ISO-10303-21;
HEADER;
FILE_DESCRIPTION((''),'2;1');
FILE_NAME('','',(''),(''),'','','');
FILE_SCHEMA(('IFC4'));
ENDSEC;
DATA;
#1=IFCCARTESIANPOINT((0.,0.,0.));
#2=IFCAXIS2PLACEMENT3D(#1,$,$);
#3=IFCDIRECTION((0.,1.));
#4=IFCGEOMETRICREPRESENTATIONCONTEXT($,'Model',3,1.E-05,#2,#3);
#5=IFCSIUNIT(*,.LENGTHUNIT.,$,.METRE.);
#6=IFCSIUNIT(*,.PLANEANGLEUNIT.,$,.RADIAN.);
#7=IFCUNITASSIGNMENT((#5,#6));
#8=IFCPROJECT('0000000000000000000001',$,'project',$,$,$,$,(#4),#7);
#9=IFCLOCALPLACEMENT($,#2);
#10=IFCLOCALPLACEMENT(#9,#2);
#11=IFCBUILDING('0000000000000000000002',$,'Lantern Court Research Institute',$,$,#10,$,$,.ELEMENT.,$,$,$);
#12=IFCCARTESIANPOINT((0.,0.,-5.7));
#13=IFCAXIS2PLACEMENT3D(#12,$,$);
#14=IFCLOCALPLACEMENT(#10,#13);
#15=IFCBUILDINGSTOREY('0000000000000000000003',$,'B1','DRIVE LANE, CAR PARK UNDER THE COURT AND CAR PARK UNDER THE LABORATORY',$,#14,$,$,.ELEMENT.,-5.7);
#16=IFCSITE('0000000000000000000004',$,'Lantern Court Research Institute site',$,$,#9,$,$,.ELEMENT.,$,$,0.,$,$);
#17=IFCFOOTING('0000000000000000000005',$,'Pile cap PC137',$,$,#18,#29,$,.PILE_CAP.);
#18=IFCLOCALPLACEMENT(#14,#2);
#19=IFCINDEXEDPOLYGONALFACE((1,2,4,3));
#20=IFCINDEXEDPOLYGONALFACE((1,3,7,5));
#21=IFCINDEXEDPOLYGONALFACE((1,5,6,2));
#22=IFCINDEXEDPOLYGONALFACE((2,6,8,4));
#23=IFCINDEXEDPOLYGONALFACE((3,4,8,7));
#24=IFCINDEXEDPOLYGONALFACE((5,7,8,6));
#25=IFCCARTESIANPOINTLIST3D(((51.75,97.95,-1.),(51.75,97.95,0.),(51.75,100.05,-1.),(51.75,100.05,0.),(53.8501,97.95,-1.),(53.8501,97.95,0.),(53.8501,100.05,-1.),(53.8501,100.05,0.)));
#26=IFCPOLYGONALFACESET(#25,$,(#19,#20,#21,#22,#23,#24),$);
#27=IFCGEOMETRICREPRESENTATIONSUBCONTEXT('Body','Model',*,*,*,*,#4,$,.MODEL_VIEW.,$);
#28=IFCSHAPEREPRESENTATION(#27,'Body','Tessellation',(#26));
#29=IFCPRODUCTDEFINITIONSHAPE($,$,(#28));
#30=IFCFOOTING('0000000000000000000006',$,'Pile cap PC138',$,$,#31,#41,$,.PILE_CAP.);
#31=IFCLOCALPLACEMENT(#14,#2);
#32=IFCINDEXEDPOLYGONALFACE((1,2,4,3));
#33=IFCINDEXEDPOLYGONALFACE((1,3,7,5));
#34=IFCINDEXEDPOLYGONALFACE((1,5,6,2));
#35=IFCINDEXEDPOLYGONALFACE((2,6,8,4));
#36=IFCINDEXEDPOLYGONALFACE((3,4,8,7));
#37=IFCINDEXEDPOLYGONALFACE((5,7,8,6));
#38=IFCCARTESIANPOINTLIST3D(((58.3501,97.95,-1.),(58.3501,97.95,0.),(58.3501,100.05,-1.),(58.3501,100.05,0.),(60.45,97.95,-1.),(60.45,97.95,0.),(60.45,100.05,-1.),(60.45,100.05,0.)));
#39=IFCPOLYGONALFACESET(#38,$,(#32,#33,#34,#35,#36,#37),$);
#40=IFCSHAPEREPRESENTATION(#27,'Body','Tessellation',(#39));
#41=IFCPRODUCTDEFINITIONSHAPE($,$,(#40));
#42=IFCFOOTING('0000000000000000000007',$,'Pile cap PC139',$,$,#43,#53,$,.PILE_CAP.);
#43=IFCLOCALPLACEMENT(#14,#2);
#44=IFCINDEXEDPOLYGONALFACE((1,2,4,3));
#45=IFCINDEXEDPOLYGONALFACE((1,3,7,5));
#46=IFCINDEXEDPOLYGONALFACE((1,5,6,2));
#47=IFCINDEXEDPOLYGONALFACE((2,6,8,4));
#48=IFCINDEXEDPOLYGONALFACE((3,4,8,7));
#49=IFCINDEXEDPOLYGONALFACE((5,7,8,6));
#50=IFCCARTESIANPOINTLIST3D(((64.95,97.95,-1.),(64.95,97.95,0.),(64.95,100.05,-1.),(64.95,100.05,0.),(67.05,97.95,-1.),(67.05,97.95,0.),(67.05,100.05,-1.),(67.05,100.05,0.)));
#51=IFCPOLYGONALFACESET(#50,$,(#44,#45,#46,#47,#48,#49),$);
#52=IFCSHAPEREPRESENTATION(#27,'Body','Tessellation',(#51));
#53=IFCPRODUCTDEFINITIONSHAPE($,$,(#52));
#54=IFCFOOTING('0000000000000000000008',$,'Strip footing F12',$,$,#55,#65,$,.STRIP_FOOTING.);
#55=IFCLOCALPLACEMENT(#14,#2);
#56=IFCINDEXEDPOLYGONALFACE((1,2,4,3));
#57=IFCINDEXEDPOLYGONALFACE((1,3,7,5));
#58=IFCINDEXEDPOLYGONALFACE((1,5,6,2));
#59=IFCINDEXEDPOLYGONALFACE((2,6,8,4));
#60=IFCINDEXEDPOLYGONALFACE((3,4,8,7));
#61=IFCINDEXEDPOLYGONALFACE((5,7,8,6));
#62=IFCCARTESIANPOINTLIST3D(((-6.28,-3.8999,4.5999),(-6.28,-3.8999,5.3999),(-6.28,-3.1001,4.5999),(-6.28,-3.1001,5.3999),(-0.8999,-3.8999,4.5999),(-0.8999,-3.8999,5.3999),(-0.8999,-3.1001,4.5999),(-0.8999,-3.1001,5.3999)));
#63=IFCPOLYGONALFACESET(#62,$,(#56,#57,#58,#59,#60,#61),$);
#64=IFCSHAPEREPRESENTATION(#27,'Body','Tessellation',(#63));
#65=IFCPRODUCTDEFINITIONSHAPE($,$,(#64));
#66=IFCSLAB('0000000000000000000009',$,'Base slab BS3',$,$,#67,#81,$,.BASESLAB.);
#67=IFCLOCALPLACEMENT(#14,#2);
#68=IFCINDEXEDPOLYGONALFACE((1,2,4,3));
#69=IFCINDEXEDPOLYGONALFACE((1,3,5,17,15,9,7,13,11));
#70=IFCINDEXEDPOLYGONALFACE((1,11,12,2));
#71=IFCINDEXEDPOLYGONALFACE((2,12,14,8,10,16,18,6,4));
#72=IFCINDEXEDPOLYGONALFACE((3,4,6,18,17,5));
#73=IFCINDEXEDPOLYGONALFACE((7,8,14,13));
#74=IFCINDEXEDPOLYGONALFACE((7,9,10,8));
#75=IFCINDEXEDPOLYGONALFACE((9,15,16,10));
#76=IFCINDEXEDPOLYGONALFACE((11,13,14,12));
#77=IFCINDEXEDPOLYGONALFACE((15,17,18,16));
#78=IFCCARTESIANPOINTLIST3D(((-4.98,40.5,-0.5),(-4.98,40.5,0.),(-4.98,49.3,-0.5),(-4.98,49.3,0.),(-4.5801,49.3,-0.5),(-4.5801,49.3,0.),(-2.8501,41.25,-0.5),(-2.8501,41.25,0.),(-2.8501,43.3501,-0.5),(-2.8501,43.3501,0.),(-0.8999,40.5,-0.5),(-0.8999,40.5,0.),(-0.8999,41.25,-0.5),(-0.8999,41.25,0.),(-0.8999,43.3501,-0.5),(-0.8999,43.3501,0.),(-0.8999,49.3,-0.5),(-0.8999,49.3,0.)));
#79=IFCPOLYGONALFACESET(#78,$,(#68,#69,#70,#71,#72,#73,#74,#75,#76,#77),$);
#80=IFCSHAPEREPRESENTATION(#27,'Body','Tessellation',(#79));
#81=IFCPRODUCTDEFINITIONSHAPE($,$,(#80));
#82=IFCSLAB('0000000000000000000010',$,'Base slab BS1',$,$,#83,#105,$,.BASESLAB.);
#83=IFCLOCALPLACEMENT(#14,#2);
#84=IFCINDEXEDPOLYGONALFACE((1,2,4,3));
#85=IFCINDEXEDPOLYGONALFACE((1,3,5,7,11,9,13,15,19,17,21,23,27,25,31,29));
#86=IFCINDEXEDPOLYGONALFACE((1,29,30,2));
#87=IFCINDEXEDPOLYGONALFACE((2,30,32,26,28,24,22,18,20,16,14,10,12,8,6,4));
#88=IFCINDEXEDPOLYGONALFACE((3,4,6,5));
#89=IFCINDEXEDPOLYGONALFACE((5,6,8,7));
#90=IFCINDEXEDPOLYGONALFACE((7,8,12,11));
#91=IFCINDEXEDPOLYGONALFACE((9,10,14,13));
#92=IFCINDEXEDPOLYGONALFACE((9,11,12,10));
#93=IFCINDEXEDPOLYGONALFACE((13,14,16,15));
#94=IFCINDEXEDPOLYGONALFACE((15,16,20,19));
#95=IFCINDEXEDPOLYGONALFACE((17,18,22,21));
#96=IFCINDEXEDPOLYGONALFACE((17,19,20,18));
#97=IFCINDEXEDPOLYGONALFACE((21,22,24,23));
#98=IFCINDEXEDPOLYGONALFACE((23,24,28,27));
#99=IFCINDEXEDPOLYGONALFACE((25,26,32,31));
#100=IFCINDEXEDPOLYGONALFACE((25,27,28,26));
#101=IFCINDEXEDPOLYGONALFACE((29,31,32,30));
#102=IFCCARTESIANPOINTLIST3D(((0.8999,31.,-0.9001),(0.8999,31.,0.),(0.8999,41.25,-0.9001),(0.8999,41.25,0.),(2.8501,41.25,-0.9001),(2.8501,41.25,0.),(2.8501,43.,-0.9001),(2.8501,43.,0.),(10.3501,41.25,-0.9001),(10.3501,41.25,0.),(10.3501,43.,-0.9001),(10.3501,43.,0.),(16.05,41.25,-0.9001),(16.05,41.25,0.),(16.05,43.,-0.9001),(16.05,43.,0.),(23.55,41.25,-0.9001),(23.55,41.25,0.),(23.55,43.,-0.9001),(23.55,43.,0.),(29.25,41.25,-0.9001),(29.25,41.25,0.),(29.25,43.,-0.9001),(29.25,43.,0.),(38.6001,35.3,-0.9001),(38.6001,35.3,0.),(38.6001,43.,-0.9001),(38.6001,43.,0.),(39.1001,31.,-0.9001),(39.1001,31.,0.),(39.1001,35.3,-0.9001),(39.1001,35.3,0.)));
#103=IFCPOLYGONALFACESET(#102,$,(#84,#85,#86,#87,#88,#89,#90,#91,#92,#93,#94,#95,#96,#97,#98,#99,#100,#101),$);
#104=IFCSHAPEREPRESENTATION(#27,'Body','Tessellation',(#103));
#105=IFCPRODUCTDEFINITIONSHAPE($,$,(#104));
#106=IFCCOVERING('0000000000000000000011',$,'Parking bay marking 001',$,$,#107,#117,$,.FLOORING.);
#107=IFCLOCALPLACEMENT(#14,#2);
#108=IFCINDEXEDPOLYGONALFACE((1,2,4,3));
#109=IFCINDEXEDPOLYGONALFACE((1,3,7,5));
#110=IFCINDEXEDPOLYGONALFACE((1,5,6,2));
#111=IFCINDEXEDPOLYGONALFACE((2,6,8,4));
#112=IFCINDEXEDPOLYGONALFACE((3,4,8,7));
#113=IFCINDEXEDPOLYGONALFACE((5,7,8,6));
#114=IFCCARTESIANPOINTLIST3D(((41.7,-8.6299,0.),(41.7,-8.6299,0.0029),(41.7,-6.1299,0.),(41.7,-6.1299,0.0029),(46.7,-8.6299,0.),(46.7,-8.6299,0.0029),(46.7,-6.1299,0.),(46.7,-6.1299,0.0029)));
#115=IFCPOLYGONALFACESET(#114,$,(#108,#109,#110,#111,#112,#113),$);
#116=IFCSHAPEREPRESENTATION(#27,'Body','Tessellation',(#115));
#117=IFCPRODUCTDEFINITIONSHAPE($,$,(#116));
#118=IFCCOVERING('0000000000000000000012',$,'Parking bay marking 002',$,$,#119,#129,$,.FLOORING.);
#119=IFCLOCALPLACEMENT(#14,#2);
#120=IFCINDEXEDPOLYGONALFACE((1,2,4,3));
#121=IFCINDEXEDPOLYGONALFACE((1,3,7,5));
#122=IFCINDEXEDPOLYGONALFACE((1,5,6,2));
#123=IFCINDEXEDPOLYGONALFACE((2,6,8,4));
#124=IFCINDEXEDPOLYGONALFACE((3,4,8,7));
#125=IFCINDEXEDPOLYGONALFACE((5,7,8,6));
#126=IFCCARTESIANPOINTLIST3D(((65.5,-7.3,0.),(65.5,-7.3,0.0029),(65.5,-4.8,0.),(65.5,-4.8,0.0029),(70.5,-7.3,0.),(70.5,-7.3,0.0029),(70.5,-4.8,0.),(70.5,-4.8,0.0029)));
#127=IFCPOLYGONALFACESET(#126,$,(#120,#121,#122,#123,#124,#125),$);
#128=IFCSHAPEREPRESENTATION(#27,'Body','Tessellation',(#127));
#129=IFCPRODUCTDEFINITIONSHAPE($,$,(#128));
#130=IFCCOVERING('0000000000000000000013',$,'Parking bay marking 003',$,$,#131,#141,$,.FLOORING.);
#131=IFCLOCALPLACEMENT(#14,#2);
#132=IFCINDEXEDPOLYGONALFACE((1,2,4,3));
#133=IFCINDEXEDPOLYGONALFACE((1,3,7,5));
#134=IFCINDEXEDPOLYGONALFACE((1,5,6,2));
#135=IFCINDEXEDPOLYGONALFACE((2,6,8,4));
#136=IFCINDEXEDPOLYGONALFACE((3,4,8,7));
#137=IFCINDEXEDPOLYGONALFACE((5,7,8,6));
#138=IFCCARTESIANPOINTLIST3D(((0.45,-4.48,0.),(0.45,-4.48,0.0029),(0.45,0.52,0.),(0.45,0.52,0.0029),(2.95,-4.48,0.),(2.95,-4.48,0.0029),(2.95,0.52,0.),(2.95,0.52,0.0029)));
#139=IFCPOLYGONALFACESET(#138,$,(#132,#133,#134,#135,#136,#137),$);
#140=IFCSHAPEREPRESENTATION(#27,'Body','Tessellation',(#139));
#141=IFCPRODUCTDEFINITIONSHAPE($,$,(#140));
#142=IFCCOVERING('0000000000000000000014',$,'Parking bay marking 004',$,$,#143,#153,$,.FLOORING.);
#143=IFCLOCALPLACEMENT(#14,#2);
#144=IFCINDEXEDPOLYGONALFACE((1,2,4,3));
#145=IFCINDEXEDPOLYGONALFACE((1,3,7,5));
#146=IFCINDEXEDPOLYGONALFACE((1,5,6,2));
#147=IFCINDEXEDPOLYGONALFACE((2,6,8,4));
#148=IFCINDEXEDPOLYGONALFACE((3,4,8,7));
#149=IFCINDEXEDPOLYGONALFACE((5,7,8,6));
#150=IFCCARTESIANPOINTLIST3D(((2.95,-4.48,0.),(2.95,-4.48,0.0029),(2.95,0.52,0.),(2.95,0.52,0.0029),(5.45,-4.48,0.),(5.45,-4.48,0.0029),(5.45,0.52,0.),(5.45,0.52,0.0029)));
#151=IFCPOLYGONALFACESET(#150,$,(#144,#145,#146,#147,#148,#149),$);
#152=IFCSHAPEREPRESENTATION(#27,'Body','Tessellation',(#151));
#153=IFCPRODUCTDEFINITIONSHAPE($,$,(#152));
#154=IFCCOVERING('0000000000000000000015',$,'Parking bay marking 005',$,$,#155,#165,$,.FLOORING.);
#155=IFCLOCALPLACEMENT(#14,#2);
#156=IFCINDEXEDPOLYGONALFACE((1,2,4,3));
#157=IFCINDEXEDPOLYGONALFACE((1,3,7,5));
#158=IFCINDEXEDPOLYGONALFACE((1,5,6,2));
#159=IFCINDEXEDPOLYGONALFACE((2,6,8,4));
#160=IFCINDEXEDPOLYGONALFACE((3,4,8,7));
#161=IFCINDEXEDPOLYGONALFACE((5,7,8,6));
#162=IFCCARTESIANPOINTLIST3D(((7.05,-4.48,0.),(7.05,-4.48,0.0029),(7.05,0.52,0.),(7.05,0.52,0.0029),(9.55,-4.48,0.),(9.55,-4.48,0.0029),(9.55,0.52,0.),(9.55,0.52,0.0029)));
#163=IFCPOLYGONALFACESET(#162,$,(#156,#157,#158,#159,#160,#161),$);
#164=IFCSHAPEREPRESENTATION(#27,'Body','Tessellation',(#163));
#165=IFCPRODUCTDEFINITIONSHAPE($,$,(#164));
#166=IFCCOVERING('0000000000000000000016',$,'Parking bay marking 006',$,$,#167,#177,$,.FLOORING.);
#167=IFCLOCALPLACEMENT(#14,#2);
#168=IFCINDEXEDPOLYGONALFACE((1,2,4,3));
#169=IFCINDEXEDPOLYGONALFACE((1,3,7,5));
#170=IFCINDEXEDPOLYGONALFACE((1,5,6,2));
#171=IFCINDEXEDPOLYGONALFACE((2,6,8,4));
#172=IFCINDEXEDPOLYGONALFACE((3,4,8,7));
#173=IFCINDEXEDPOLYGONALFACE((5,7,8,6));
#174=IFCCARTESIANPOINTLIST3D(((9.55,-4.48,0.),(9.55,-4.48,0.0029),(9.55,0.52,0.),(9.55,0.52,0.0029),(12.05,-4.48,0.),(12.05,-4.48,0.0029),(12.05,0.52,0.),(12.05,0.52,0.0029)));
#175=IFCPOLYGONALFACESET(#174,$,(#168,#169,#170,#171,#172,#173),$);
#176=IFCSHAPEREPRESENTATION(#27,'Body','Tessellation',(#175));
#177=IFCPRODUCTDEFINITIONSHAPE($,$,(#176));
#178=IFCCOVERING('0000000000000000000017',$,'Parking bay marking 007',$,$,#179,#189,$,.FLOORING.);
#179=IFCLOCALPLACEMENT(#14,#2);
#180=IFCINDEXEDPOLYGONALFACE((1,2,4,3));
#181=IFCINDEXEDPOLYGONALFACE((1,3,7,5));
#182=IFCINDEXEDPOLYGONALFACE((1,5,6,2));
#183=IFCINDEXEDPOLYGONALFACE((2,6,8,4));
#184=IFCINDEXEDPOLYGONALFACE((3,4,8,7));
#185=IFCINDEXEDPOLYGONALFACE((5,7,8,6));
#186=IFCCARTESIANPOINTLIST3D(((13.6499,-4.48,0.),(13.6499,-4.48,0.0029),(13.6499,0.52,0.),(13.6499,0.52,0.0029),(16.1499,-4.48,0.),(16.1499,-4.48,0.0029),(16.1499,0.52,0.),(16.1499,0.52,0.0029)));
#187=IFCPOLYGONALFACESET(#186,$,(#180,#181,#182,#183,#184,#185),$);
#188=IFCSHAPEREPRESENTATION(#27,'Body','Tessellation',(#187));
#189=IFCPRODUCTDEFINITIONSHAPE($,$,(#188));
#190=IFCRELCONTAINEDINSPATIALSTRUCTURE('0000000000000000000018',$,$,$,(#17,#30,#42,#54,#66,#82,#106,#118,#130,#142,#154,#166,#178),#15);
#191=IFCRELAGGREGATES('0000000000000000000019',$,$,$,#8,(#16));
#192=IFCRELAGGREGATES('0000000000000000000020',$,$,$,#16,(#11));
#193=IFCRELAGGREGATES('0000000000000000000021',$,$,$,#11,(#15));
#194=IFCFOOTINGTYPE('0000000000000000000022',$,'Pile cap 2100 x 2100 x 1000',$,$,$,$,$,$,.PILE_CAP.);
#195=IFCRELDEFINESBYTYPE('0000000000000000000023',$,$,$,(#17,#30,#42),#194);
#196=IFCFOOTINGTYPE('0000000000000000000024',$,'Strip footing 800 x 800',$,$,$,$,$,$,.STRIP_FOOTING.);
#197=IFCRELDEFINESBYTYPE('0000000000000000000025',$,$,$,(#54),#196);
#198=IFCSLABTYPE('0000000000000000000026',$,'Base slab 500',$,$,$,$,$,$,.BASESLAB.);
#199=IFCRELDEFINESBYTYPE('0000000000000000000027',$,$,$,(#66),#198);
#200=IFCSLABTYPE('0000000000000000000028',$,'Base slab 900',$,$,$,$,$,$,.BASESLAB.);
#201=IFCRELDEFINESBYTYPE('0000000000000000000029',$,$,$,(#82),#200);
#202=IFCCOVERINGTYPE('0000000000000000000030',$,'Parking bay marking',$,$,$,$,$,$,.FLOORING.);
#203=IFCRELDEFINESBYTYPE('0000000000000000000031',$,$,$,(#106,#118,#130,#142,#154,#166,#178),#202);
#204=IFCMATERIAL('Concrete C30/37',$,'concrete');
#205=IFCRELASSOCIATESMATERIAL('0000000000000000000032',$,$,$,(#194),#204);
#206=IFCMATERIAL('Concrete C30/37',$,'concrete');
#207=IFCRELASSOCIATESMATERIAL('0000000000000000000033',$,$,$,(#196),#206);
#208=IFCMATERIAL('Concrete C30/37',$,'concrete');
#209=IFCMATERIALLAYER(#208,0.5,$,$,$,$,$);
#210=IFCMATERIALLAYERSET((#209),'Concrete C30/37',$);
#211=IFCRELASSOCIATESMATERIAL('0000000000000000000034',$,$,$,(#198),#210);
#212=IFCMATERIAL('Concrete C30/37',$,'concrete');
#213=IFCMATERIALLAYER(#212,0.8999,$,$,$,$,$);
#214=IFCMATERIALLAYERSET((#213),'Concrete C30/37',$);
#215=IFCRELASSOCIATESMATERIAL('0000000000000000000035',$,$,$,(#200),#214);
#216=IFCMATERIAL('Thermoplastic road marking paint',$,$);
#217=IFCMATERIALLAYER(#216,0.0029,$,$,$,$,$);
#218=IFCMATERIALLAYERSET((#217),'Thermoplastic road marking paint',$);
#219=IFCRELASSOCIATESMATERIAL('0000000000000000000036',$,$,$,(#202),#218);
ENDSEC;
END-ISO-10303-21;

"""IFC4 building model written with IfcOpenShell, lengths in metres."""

from ifc_helpers import new_model, si_unit, direction, frame, origin, place, context, subcontext, project, spatial, polyline, outline, extrude, material, layer, layer_set, type_object, element, save


model = new_model("IFC4")

# Units and contexts
model_context = context("Model", 3, precision=1e-05, world=origin(), true_north=direction((0.0, 1.0)))
body_context = subcontext(model_context, "Body", "Model", "MODEL_VIEW")
ifc_project = project(units=[si_unit("LENGTHUNIT", "METRE"), si_unit("PLANEANGLEUNIT", "RADIAN")], contexts=[model_context])

# Site, building, storey
site_placement = place(None, origin())
site = spatial("IfcSite", under=ifc_project, at=site_placement, Name="Lantern Court Research Institute site", CompositionType="ELEMENT", RefElevation=0.0)
building_placement = place(site_placement, origin())
building = spatial("IfcBuilding", under=site, at=building_placement, Name="Lantern Court Research Institute", CompositionType="ELEMENT")
storey_placement = place(building_placement, frame((0.0, 0.0, -5.7)))
storey = spatial("IfcBuildingStorey", under=building, at=storey_placement, Name="B1", Description="DRIVE LANE, CAR PARK UNDER THE COURT AND CAR PARK UNDER THE LABORATORY", CompositionType="ELEMENT", Elevation=-5.7)

# Footings
ifc_material_1 = material(Name="Concrete C30/37", Category="concrete")
footing_type_1 = type_object("IfcFootingType", Name="Pile cap 2100 x 2100 x 1000", PredefinedType="PILE_CAP", material=ifc_material_1)
footing_1_placement = place(storey_placement, frame((0.0, 0.0, -1.0)))
element("IfcFooting", 1, at=footing_1_placement, inside=storey, type_object=footing_type_1, Name="Pile cap PC137", PredefinedType="PILE_CAP", context=body_context, shape_type="SweptSolid", body=[
    extrude(outline(polyline([(51.75, 97.95), (53.8501, 97.95), (53.8501, 100.05), (51.75, 100.05), (51.75, 97.95)])), origin(), (0.0, 0.0, 1.0), 1.0),
])
footing_2_placement = place(storey_placement, frame((0.0, 0.0, -1.0)))
element("IfcFooting", 2, at=footing_2_placement, inside=storey, type_object=footing_type_1, Name="Pile cap PC138", PredefinedType="PILE_CAP", context=body_context, shape_type="SweptSolid", body=[
    extrude(outline(polyline([(58.3501, 97.95), (60.45, 97.95), (60.45, 100.05), (58.3501, 100.05), (58.3501, 97.95)])), origin(), (0.0, 0.0, 1.0), 1.0),
])
footing_3_placement = place(storey_placement, frame((0.0, 0.0, -1.0)))
element("IfcFooting", 3, at=footing_3_placement, inside=storey, type_object=footing_type_1, Name="Pile cap PC139", PredefinedType="PILE_CAP", context=body_context, shape_type="SweptSolid", body=[
    extrude(outline(polyline([(64.95, 97.95), (67.05, 97.95), (67.05, 100.05), (64.95, 100.05), (64.95, 97.95)])), origin(), (0.0, 0.0, 1.0), 1.0),
])
ifc_material_2 = material(Name="Concrete C30/37", Category="concrete")
footing_type_2 = type_object("IfcFootingType", Name="Strip footing 800 x 800", PredefinedType="STRIP_FOOTING", material=ifc_material_2)
footing_4_placement = place(storey_placement, frame((0.0, 0.0, 4.5999)))
element("IfcFooting", 4, at=footing_4_placement, inside=storey, type_object=footing_type_2, Name="Strip footing F12", PredefinedType="STRIP_FOOTING", context=body_context, shape_type="SweptSolid", body=[
    extrude(outline(polyline([(-6.28, -3.8999), (-6.28, -3.1001), (-0.8999, -3.1001), (-0.8999, -3.8999), (-6.28, -3.8999)])), origin(), (0.0, 0.0, 1.0), 0.8),
])

# Slabs
ifc_material_3 = material(Name="Concrete C30/37", Category="concrete")
ifc_layer_1 = layer(ifc_material_3, 0.5)
ifc_layer_set_1 = layer_set([ifc_layer_1], Name="Concrete C30/37")
slab_type_1 = type_object("IfcSlabType", Name="Base slab 500", PredefinedType="BASESLAB", material=ifc_layer_set_1)
slab_1_placement = place(storey_placement, frame((0.0, 0.0, -0.5)))
element("IfcSlab", 5, at=slab_1_placement, inside=storey, type_object=slab_type_1, Name="Base slab BS3", PredefinedType="BASESLAB", context=body_context, shape_type="SweptSolid", body=[
    extrude(outline(polyline([(-0.8999, 43.3501), (-2.8501, 43.3501), (-2.8501, 41.25), (-0.8999, 41.25), (-0.8999, 40.5), (-4.98, 40.5), (-4.98, 49.3), (-4.5801, 49.3), (-0.8999, 49.3), (-0.8999, 43.3501)])), origin(), (0.0, 0.0, 1.0), 0.5),
])
ifc_material_4 = material(Name="Concrete C30/37", Category="concrete")
ifc_layer_2 = layer(ifc_material_4, 0.8999)
ifc_layer_set_2 = layer_set([ifc_layer_2], Name="Concrete C30/37")
slab_type_2 = type_object("IfcSlabType", Name="Base slab 900", PredefinedType="BASESLAB", material=ifc_layer_set_2)
slab_2_placement = place(storey_placement, frame((0.0, 0.0, -0.9001)))
element("IfcSlab", 6, at=slab_2_placement, inside=storey, type_object=slab_type_2, Name="Base slab BS1", PredefinedType="BASESLAB", context=body_context, shape_type="SweptSolid", body=[
    extrude(outline(polyline([(2.8501, 41.25), (2.8501, 43.0), (10.3501, 43.0), (10.3501, 41.25), (16.05, 41.25), (16.05, 43.0), (23.55, 43.0), (23.55, 41.25), (29.25, 41.25), (29.25, 43.0), (38.6001, 43.0), (38.6001, 35.3), (39.1001, 35.3), (39.1001, 31.0), (0.8999, 31.0), (0.8999, 41.25), (2.8501, 41.25)])), origin(), (0.0, 0.0, 1.0), 0.9001),
])

# Coverings
ifc_material_5 = material(Name="Thermoplastic road marking paint")
ifc_layer_3 = layer(ifc_material_5, 0.0029)
ifc_layer_set_3 = layer_set([ifc_layer_3], Name="Thermoplastic road marking paint")
covering_type = type_object("IfcCoveringType", Name="Parking bay marking", PredefinedType="FLOORING", material=ifc_layer_set_3)
covering_1_placement = place(storey_placement, origin())
element("IfcCovering", 7, at=covering_1_placement, inside=storey, type_object=covering_type, Name="Parking bay marking 001", PredefinedType="FLOORING", context=body_context, shape_type="SweptSolid", body=[
    extrude(outline(polyline([(41.7, -8.6299), (46.7, -8.6299), (46.7, -6.1299), (41.7, -6.1299), (41.7, -8.6299)])), origin(), (0.0, 0.0, 1.0), 0.0029),
])
covering_2_placement = place(storey_placement, origin())
element("IfcCovering", 8, at=covering_2_placement, inside=storey, type_object=covering_type, Name="Parking bay marking 002", PredefinedType="FLOORING", context=body_context, shape_type="SweptSolid", body=[
    extrude(outline(polyline([(65.5, -7.3), (70.5, -7.3), (70.5, -4.8), (65.5, -4.8), (65.5, -7.3)])), origin(), (0.0, 0.0, 1.0), 0.0029),
])
covering_3_placement = place(storey_placement, origin())
element("IfcCovering", 9, at=covering_3_placement, inside=storey, type_object=covering_type, Name="Parking bay marking 003", PredefinedType="FLOORING", context=body_context, shape_type="SweptSolid", body=[
    extrude(outline(polyline([(0.45, -4.48), (2.95, -4.48), (2.95, 0.52), (0.45, 0.52), (0.45, -4.48)])), origin(), (0.0, 0.0, 1.0), 0.0029),
])
covering_4_placement = place(storey_placement, origin())
element("IfcCovering", 10, at=covering_4_placement, inside=storey, type_object=covering_type, Name="Parking bay marking 004", PredefinedType="FLOORING", context=body_context, shape_type="SweptSolid", body=[
    extrude(outline(polyline([(2.95, -4.48), (5.45, -4.48), (5.45, 0.52), (2.95, 0.52), (2.95, -4.48)])), origin(), (0.0, 0.0, 1.0), 0.0029),
])
covering_5_placement = place(storey_placement, origin())
element("IfcCovering", 11, at=covering_5_placement, inside=storey, type_object=covering_type, Name="Parking bay marking 005", PredefinedType="FLOORING", context=body_context, shape_type="SweptSolid", body=[
    extrude(outline(polyline([(7.05, -4.48), (9.55, -4.48), (9.55, 0.52), (7.05, 0.52), (7.05, -4.48)])), origin(), (0.0, 0.0, 1.0), 0.0029),
])
covering_6_placement = place(storey_placement, origin())
element("IfcCovering", 12, at=covering_6_placement, inside=storey, type_object=covering_type, Name="Parking bay marking 006", PredefinedType="FLOORING", context=body_context, shape_type="SweptSolid", body=[
    extrude(outline(polyline([(9.55, -4.48), (12.05, -4.48), (12.05, 0.52), (9.55, 0.52), (9.55, -4.48)])), origin(), (0.0, 0.0, 1.0), 0.0029),
])
covering_7_placement = place(storey_placement, origin())
element("IfcCovering", 13, at=covering_7_placement, inside=storey, type_object=covering_type, Name="Parking bay marking 007", PredefinedType="FLOORING", context=body_context, shape_type="SweptSolid", body=[
    extrude(outline(polyline([(13.6499, -4.48), (16.1499, -4.48), (16.1499, 0.52), (13.6499, 0.52), (13.6499, -4.48)])), origin(), (0.0, 0.0, 1.0), 0.0029),
])

save(model, "model.ifc")
